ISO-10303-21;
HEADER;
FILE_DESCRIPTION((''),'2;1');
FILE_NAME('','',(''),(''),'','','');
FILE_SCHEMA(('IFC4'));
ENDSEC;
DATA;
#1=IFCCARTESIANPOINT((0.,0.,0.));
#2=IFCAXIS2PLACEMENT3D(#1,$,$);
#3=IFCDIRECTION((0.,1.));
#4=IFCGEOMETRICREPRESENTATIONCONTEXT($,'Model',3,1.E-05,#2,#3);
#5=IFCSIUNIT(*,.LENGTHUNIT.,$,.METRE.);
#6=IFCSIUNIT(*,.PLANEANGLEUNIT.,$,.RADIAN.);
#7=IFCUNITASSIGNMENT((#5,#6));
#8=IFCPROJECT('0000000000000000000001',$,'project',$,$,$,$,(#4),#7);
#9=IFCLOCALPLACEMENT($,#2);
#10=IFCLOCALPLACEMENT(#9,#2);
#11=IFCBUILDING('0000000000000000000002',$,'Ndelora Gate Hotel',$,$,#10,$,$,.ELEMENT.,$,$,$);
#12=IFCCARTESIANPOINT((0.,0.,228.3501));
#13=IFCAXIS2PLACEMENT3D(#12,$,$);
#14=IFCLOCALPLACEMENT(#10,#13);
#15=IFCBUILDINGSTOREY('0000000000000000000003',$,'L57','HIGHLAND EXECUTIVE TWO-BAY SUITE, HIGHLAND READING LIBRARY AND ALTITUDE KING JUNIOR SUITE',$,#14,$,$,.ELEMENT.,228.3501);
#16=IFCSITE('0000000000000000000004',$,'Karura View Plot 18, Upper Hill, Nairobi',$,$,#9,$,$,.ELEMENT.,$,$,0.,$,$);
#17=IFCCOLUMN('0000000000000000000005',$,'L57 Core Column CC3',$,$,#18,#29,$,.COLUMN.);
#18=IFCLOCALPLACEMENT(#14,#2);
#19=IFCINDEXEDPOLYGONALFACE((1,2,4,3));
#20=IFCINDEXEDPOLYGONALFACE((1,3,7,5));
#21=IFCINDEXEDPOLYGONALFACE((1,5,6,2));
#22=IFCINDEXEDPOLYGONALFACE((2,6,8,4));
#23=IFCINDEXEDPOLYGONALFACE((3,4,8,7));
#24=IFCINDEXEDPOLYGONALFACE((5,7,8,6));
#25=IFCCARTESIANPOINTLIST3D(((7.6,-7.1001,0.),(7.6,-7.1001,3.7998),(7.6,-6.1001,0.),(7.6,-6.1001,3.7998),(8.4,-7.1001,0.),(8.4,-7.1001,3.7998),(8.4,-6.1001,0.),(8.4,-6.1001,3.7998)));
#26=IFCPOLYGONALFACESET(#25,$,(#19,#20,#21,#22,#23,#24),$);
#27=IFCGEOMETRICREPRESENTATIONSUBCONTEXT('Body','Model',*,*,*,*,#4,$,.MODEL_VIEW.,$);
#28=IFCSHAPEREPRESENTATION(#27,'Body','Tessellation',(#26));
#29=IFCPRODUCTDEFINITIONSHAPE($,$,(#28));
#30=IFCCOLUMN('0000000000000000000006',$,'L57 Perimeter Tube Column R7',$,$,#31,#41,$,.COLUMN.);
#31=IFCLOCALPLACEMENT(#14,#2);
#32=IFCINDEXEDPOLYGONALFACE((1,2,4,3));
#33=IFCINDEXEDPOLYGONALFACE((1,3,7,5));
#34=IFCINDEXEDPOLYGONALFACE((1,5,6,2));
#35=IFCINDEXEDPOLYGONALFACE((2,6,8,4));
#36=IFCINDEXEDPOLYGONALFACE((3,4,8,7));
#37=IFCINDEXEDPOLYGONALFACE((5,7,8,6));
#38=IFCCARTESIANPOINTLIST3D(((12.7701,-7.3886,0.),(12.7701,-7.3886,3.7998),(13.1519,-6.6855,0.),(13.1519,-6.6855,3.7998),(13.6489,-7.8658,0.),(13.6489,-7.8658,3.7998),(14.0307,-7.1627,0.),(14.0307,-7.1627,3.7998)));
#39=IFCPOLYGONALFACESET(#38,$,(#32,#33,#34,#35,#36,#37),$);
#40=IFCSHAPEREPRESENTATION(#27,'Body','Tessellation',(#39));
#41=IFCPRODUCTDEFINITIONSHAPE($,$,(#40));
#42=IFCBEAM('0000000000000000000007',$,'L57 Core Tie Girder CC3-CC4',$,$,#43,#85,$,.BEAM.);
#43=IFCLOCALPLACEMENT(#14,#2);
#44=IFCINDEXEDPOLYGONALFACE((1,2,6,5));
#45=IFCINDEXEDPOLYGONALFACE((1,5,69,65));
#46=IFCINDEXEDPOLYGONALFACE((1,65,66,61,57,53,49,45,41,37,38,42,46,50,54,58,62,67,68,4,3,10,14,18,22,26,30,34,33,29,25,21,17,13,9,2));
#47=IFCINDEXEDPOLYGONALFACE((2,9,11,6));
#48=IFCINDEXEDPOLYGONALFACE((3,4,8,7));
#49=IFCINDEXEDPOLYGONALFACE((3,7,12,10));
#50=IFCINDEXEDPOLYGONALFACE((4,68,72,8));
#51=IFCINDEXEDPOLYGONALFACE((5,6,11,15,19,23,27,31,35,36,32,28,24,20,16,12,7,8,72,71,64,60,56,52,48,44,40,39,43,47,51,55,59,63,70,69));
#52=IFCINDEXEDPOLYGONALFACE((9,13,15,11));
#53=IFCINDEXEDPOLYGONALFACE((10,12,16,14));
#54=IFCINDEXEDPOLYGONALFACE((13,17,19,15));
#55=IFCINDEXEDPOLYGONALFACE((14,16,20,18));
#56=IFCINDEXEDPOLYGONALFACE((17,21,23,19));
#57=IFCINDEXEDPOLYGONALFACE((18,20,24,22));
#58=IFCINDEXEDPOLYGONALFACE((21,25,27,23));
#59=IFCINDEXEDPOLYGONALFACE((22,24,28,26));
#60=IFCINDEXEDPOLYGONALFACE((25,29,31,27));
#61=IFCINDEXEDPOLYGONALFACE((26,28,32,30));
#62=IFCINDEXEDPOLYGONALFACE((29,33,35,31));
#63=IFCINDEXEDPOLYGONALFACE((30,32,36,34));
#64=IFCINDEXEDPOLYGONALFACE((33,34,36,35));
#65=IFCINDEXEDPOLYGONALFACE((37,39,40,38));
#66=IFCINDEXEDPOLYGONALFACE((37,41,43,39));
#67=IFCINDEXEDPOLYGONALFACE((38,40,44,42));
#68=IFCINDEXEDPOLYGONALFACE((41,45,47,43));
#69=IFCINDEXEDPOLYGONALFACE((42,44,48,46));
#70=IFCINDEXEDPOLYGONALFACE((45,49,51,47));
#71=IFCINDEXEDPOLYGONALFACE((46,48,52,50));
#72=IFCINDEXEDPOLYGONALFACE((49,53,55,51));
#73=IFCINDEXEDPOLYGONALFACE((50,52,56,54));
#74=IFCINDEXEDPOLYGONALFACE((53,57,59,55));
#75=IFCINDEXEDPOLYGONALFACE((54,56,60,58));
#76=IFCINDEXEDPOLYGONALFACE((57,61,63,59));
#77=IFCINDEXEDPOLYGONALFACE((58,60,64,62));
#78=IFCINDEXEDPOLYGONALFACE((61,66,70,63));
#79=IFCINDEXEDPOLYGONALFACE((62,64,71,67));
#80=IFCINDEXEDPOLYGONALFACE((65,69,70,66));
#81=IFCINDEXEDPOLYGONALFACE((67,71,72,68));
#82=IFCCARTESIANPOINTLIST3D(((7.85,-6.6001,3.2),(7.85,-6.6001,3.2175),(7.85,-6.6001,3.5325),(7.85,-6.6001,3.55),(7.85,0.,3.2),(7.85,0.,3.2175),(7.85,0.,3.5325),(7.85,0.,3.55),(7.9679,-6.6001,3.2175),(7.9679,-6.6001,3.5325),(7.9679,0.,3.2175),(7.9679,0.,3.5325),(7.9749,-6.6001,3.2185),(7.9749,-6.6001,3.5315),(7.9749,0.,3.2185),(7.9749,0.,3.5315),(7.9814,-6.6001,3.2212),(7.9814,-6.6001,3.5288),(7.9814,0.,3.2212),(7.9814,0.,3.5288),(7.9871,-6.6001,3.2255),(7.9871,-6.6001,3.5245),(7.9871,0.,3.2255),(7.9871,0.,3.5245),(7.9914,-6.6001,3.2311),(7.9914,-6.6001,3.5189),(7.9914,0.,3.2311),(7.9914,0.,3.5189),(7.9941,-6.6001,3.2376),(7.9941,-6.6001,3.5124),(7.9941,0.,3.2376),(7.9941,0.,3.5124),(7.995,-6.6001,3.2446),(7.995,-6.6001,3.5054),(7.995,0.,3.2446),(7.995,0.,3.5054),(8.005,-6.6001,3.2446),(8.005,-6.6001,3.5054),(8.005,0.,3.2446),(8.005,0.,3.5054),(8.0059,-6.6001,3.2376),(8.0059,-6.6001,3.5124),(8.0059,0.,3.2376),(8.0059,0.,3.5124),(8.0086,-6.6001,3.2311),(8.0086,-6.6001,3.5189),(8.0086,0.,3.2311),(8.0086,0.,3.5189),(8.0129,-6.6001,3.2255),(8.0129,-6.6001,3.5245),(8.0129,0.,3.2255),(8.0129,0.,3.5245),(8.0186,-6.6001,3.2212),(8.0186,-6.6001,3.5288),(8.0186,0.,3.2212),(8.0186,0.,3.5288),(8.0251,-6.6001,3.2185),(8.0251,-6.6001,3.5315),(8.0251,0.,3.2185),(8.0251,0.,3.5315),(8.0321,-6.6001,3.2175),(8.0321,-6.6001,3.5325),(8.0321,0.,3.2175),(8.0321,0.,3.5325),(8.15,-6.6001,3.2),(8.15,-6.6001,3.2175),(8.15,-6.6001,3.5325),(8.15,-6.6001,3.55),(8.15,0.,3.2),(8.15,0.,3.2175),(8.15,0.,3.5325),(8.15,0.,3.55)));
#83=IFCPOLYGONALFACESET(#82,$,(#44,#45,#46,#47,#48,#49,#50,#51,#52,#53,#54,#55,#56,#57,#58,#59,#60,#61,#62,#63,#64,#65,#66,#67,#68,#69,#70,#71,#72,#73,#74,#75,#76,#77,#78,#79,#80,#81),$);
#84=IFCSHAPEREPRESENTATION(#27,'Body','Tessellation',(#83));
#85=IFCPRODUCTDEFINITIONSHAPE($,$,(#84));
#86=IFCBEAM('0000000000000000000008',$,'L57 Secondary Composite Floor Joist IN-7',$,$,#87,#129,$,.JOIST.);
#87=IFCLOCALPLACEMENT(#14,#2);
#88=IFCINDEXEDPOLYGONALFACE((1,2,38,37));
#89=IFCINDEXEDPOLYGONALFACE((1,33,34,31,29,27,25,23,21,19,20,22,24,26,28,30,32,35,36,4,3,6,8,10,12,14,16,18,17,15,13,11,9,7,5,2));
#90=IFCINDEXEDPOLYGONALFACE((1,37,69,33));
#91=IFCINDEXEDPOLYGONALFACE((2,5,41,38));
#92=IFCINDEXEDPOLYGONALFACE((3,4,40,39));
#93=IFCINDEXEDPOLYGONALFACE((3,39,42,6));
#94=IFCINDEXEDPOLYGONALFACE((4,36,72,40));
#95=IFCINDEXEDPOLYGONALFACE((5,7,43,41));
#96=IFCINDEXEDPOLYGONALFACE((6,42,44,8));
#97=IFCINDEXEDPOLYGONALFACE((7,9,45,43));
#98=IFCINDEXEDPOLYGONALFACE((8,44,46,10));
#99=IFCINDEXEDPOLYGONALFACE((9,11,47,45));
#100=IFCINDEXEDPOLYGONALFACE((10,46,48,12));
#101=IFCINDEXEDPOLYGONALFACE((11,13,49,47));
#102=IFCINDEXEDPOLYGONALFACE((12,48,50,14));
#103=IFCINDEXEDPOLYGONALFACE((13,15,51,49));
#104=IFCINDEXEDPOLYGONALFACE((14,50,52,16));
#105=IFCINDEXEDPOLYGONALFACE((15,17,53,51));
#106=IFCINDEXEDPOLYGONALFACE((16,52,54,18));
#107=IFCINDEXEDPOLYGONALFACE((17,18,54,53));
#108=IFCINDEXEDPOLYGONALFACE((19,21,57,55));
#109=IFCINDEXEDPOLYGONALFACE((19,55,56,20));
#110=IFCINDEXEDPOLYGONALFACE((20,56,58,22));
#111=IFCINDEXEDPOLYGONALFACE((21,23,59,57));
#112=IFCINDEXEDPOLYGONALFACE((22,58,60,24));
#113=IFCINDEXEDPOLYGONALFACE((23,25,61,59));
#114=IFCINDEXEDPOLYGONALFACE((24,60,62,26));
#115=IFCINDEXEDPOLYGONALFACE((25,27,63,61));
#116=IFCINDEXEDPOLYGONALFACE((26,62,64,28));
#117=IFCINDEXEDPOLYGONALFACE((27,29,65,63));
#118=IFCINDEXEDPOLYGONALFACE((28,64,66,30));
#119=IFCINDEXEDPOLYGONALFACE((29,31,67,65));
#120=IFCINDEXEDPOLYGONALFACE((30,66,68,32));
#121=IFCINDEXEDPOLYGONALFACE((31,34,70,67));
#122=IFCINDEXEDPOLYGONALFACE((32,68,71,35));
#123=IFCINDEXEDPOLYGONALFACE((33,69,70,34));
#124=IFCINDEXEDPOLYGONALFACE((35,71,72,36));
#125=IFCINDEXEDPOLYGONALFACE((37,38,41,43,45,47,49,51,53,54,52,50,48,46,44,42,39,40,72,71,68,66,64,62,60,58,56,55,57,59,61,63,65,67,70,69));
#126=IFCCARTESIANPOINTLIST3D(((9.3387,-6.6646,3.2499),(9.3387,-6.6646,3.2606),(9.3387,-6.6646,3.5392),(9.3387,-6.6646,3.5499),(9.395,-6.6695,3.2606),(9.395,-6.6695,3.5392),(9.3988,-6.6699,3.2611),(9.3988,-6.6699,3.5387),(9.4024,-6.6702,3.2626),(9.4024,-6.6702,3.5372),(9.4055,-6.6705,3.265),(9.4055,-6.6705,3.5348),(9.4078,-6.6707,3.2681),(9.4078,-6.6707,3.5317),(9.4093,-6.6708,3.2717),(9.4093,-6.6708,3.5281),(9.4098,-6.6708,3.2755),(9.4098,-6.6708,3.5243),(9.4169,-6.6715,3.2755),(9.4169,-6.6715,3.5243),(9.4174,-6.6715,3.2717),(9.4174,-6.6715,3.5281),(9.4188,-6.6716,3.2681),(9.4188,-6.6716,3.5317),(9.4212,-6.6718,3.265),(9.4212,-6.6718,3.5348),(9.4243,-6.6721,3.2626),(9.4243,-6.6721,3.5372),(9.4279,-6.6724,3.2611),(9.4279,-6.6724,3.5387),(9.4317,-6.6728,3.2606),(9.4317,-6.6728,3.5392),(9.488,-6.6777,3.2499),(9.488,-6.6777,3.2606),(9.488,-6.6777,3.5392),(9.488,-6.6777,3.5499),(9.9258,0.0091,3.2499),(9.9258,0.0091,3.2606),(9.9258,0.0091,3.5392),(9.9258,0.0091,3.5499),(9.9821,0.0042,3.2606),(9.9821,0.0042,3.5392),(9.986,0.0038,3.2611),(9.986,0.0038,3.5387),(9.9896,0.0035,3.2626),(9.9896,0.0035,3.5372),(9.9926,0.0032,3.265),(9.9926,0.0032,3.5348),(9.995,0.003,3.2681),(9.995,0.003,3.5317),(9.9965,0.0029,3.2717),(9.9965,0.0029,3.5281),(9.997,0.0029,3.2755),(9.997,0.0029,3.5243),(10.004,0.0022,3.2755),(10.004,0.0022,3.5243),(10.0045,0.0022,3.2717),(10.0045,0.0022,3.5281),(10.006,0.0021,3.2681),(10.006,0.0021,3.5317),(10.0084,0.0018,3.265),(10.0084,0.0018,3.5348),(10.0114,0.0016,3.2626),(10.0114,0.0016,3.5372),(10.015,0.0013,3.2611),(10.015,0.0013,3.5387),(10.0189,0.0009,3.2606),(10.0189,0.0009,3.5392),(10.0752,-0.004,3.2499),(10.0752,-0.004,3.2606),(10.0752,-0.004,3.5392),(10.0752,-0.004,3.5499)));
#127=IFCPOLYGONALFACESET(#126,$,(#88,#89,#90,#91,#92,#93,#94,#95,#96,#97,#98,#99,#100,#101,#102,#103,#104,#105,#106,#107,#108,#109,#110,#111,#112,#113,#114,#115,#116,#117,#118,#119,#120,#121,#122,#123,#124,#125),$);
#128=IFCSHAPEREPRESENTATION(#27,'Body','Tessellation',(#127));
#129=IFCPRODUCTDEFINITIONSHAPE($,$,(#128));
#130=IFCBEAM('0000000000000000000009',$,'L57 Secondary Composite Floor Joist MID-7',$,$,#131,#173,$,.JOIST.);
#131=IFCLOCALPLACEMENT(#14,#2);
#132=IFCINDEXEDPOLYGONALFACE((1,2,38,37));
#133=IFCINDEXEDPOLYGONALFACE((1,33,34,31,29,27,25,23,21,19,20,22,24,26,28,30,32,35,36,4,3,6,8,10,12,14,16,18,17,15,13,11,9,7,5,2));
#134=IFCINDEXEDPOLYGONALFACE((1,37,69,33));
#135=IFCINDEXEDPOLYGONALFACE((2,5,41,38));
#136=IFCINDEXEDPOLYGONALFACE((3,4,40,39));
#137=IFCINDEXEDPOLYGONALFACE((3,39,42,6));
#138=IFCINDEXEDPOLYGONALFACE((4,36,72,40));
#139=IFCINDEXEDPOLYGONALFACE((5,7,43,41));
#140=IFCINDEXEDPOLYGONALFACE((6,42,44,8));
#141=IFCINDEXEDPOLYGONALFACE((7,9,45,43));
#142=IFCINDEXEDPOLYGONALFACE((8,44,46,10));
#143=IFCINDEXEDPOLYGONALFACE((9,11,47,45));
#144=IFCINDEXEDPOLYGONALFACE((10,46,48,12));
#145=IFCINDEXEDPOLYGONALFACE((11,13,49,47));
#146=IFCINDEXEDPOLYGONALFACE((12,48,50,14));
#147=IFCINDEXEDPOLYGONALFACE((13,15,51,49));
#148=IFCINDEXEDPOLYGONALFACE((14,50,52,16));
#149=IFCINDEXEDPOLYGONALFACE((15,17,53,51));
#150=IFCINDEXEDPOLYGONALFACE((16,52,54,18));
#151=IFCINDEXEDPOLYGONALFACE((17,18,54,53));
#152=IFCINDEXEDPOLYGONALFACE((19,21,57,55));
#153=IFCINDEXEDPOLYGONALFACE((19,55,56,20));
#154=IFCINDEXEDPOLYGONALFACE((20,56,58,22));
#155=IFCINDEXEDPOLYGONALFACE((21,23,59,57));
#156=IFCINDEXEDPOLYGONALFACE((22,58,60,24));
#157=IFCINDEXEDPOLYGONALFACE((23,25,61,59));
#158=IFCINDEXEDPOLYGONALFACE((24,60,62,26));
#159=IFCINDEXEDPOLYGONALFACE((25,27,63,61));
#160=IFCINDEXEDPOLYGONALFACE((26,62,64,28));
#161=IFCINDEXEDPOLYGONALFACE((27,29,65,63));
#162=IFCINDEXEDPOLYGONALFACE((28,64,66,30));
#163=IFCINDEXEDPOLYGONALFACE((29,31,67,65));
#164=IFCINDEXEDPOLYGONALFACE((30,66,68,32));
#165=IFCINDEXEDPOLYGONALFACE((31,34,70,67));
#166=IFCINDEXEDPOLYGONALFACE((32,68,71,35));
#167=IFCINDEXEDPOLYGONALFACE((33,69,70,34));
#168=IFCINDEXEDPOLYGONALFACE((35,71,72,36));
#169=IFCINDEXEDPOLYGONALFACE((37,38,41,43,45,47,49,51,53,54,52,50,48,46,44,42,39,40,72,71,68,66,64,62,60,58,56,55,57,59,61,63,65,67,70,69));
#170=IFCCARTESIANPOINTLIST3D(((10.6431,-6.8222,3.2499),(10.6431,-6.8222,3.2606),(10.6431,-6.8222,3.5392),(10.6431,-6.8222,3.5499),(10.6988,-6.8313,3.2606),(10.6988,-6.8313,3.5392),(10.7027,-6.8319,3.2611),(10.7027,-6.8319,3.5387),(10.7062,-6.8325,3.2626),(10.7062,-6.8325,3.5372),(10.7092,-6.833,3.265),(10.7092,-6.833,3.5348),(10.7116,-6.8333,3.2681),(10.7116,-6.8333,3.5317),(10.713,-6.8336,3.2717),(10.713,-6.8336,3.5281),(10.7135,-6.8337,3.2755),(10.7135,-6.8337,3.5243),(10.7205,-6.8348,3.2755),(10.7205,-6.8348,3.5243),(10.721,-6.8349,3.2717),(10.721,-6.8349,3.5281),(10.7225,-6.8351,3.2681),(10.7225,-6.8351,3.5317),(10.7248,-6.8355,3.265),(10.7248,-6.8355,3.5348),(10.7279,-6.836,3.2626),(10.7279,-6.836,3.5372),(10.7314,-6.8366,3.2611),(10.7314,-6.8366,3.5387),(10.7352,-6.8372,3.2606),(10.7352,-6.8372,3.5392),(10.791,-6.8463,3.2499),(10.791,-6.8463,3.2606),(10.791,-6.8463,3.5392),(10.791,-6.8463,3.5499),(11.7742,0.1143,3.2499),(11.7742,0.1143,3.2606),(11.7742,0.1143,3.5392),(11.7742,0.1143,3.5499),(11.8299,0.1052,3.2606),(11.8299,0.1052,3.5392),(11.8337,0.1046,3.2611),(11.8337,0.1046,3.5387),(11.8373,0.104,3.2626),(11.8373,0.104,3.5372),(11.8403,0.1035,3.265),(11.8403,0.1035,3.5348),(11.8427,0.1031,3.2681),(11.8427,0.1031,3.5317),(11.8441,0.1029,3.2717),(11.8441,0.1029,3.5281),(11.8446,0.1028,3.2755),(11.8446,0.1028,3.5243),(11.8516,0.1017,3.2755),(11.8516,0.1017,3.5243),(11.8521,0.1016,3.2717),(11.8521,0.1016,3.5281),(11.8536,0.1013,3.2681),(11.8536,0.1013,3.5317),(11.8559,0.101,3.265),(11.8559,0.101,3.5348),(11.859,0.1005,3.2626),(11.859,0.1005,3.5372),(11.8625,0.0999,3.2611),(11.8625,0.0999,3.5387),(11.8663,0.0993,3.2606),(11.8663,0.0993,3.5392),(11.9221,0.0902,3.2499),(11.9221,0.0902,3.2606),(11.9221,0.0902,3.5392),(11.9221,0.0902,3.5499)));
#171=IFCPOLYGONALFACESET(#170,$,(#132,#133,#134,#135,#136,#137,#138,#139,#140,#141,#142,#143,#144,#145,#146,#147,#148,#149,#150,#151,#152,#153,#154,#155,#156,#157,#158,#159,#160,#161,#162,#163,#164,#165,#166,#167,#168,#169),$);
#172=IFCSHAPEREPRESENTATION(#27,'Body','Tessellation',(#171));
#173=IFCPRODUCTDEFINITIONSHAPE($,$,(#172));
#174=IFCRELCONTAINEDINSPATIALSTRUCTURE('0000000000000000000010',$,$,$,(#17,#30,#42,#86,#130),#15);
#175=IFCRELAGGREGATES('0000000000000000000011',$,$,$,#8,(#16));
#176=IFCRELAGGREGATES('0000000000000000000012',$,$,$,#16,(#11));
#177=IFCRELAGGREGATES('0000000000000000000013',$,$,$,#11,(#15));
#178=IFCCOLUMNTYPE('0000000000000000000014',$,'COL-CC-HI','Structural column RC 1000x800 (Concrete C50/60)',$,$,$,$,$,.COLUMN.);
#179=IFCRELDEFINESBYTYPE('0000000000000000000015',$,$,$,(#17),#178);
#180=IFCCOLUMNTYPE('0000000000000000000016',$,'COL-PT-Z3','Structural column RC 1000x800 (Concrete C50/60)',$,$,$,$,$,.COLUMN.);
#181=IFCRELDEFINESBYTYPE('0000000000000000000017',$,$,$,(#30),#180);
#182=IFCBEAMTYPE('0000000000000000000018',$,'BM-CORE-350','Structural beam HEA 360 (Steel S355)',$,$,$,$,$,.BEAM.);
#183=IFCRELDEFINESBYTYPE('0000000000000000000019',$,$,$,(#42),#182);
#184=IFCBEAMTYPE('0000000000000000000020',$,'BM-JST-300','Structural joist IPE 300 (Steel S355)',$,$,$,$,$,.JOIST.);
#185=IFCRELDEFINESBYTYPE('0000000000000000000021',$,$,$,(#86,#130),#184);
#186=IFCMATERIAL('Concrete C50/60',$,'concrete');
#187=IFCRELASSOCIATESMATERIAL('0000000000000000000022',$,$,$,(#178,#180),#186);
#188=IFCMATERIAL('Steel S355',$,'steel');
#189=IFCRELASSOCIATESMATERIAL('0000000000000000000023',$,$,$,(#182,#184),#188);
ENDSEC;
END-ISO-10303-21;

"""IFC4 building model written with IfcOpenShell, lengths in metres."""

from ifc_helpers import new_model, si_unit, direction, frame, origin, origin_2d, place, context, subcontext, project, spatial, rectangle, i_section, extrude, material, material_profile, profile_set, type_object, element, save


model = new_model("IFC4")

# Units and contexts
model_context = context("Model", 3, precision=1e-05, world=origin(), true_north=direction((0.0, 1.0)))
body_context = subcontext(model_context, "Body", "Model", "MODEL_VIEW")
ifc_project = project(units=[si_unit("LENGTHUNIT", "METRE"), si_unit("PLANEANGLEUNIT", "RADIAN")], contexts=[model_context])

# Site, building, storey
site_placement = place(None, origin())
site = spatial("IfcSite", under=ifc_project, at=site_placement, Name="Karura View Plot 18, Upper Hill, Nairobi", CompositionType="ELEMENT", RefElevation=0.0)
building_placement = place(site_placement, origin())
building = spatial("IfcBuilding", under=site, at=building_placement, Name="Ndelora Gate Hotel", CompositionType="ELEMENT")
storey_placement = place(building_placement, frame((0.0, 0.0, 228.3501)))
storey = spatial("IfcBuildingStorey", under=building, at=storey_placement, Name="L57", Description="HIGHLAND EXECUTIVE TWO-BAY SUITE, HIGHLAND READING LIBRARY AND ALTITUDE KING JUNIOR SUITE", CompositionType="ELEMENT", Elevation=228.3501)

# Columns
ifc_material_1 = material(Name="Concrete C50/60", Category="concrete")
ifc_material_profile_1 = material_profile(ifc_material_1, rectangle(XDim=0.8, YDim=1.0, at=origin_2d()), Name="RC 1000x800")
ifc_profile_set_1 = profile_set([ifc_material_profile_1], Name="Concrete C50/60")
column_type_1 = type_object("IfcColumnType", Name="COL-CC-HI", Description="Structural column RC 1000x800 (Concrete C50/60)", PredefinedType="COLUMN", material=ifc_profile_set_1)
column_1_placement = place(storey_placement, frame((8.0, -6.6001, 0.0), z_axis=(0.0, 0.0, 1.0), x_axis=(1.0, 0.0, 0.0)))
element("IfcColumn", 1, at=column_1_placement, inside=storey, type_object=column_type_1, Name="L57 Core Column CC3", PredefinedType="COLUMN", context=body_context, shape_type="SweptSolid", body=[
    extrude(rectangle(XDim=0.8, YDim=1.0, at=origin_2d()), origin(), (0.0, 0.0, 1.0), 3.7998),
])
ifc_material_profile_2 = material_profile(ifc_material_1, rectangle(XDim=0.8, YDim=1.0, at=origin_2d()), Name="RC 1000x800")
ifc_profile_set_2 = profile_set([ifc_material_profile_2], Name="Concrete C50/60")
column_type_2 = type_object("IfcColumnType", Name="COL-PT-Z3", Description="Structural column RC 1000x800 (Concrete C50/60)", PredefinedType="COLUMN", material=ifc_profile_set_2)
column_2_placement = place(storey_placement, frame((13.4004, -7.2756, 0.0), z_axis=(0.0, 0.0, 1.0), x_axis=(0.477159, 0.878817, 0.0)))
element("IfcColumn", 2, at=column_2_placement, inside=storey, type_object=column_type_2, Name="L57 Perimeter Tube Column R7", PredefinedType="COLUMN", context=body_context, shape_type="SweptSolid", body=[
    extrude(rectangle(XDim=0.8, YDim=1.0, at=origin_2d()), origin(), (0.0, 0.0, 1.0), 3.7998),
])

# Beams
ifc_material_2 = material(Name="Steel S355", Category="steel")
ifc_material_profile_3 = material_profile(ifc_material_2, i_section(OverallWidth=0.3, OverallDepth=0.3501, WebThickness=0.01, FlangeThickness=0.0176, FilletRadius=0.0271, at=origin_2d()), Name="HEA 360")
ifc_profile_set_3 = profile_set([ifc_material_profile_3], Name="Steel S355")
beam_type_1 = type_object("IfcBeamType", Name="BM-CORE-350", Description="Structural beam HEA 360 (Steel S355)", PredefinedType="BEAM", material=ifc_profile_set_3)
beam_1_placement = place(storey_placement, frame((8.0, -6.6001, 3.375), z_axis=(0.0, 1.0, 0.0), x_axis=(-1.0, 0.0, 0.0)))
element("IfcBeam", 3, at=beam_1_placement, inside=storey, type_object=beam_type_1, Name="L57 Core Tie Girder CC3-CC4", PredefinedType="BEAM", context=body_context, shape_type="SweptSolid", body=[
    extrude(i_section(OverallWidth=0.3, OverallDepth=0.3501, WebThickness=0.01, FlangeThickness=0.0176, FilletRadius=0.0271, at=origin_2d()), origin(), (0.0, 0.0, 1.0), 6.6001),
])
ifc_material_profile_4 = material_profile(ifc_material_2, i_section(OverallWidth=0.1499, OverallDepth=0.3, WebThickness=0.0071, FlangeThickness=0.0107, FilletRadius=0.0149, at=origin_2d()), Name="IPE 300")
ifc_profile_set_4 = profile_set([ifc_material_profile_4], Name="Steel S355")
beam_type_2 = type_object("IfcBeamType", Name="BM-JST-300", Description="Structural joist IPE 300 (Steel S355)", PredefinedType="JOIST", material=ifc_profile_set_4)
beam_2_placement = place(storey_placement, frame((9.4133, -6.6711, 3.3999), z_axis=(0.087644, 0.996152, 0.0), x_axis=(-0.996152, 0.087644, 0.0)))
element("IfcBeam", 4, at=beam_2_placement, inside=storey, type_object=beam_type_2, Name="L57 Secondary Composite Floor Joist IN-7", PredefinedType="JOIST", context=body_context, shape_type="SweptSolid", body=[
    extrude(i_section(OverallWidth=0.1499, OverallDepth=0.3, WebThickness=0.0071, FlangeThickness=0.0107, FilletRadius=0.0149, at=origin_2d()), origin(), (0.0, 0.0, 1.0), 6.6995),
])
beam_3_placement = place(storey_placement, frame((10.717, -6.8342, 3.3999), z_axis=(0.160939, 0.986964, 0.0), x_axis=(-0.986964, 0.160939, 0.0)))
element("IfcBeam", 5, at=beam_3_placement, inside=storey, type_object=beam_type_2, Name="L57 Secondary Composite Floor Joist MID-7", PredefinedType="JOIST", context=body_context, shape_type="SweptSolid", body=[
    extrude(i_section(OverallWidth=0.1499, OverallDepth=0.3, WebThickness=0.0071, FlangeThickness=0.0107, FilletRadius=0.0149, at=origin_2d()), origin(), (0.0, 0.0, 1.0), 7.0281),
])

save(model, "model.ifc")
